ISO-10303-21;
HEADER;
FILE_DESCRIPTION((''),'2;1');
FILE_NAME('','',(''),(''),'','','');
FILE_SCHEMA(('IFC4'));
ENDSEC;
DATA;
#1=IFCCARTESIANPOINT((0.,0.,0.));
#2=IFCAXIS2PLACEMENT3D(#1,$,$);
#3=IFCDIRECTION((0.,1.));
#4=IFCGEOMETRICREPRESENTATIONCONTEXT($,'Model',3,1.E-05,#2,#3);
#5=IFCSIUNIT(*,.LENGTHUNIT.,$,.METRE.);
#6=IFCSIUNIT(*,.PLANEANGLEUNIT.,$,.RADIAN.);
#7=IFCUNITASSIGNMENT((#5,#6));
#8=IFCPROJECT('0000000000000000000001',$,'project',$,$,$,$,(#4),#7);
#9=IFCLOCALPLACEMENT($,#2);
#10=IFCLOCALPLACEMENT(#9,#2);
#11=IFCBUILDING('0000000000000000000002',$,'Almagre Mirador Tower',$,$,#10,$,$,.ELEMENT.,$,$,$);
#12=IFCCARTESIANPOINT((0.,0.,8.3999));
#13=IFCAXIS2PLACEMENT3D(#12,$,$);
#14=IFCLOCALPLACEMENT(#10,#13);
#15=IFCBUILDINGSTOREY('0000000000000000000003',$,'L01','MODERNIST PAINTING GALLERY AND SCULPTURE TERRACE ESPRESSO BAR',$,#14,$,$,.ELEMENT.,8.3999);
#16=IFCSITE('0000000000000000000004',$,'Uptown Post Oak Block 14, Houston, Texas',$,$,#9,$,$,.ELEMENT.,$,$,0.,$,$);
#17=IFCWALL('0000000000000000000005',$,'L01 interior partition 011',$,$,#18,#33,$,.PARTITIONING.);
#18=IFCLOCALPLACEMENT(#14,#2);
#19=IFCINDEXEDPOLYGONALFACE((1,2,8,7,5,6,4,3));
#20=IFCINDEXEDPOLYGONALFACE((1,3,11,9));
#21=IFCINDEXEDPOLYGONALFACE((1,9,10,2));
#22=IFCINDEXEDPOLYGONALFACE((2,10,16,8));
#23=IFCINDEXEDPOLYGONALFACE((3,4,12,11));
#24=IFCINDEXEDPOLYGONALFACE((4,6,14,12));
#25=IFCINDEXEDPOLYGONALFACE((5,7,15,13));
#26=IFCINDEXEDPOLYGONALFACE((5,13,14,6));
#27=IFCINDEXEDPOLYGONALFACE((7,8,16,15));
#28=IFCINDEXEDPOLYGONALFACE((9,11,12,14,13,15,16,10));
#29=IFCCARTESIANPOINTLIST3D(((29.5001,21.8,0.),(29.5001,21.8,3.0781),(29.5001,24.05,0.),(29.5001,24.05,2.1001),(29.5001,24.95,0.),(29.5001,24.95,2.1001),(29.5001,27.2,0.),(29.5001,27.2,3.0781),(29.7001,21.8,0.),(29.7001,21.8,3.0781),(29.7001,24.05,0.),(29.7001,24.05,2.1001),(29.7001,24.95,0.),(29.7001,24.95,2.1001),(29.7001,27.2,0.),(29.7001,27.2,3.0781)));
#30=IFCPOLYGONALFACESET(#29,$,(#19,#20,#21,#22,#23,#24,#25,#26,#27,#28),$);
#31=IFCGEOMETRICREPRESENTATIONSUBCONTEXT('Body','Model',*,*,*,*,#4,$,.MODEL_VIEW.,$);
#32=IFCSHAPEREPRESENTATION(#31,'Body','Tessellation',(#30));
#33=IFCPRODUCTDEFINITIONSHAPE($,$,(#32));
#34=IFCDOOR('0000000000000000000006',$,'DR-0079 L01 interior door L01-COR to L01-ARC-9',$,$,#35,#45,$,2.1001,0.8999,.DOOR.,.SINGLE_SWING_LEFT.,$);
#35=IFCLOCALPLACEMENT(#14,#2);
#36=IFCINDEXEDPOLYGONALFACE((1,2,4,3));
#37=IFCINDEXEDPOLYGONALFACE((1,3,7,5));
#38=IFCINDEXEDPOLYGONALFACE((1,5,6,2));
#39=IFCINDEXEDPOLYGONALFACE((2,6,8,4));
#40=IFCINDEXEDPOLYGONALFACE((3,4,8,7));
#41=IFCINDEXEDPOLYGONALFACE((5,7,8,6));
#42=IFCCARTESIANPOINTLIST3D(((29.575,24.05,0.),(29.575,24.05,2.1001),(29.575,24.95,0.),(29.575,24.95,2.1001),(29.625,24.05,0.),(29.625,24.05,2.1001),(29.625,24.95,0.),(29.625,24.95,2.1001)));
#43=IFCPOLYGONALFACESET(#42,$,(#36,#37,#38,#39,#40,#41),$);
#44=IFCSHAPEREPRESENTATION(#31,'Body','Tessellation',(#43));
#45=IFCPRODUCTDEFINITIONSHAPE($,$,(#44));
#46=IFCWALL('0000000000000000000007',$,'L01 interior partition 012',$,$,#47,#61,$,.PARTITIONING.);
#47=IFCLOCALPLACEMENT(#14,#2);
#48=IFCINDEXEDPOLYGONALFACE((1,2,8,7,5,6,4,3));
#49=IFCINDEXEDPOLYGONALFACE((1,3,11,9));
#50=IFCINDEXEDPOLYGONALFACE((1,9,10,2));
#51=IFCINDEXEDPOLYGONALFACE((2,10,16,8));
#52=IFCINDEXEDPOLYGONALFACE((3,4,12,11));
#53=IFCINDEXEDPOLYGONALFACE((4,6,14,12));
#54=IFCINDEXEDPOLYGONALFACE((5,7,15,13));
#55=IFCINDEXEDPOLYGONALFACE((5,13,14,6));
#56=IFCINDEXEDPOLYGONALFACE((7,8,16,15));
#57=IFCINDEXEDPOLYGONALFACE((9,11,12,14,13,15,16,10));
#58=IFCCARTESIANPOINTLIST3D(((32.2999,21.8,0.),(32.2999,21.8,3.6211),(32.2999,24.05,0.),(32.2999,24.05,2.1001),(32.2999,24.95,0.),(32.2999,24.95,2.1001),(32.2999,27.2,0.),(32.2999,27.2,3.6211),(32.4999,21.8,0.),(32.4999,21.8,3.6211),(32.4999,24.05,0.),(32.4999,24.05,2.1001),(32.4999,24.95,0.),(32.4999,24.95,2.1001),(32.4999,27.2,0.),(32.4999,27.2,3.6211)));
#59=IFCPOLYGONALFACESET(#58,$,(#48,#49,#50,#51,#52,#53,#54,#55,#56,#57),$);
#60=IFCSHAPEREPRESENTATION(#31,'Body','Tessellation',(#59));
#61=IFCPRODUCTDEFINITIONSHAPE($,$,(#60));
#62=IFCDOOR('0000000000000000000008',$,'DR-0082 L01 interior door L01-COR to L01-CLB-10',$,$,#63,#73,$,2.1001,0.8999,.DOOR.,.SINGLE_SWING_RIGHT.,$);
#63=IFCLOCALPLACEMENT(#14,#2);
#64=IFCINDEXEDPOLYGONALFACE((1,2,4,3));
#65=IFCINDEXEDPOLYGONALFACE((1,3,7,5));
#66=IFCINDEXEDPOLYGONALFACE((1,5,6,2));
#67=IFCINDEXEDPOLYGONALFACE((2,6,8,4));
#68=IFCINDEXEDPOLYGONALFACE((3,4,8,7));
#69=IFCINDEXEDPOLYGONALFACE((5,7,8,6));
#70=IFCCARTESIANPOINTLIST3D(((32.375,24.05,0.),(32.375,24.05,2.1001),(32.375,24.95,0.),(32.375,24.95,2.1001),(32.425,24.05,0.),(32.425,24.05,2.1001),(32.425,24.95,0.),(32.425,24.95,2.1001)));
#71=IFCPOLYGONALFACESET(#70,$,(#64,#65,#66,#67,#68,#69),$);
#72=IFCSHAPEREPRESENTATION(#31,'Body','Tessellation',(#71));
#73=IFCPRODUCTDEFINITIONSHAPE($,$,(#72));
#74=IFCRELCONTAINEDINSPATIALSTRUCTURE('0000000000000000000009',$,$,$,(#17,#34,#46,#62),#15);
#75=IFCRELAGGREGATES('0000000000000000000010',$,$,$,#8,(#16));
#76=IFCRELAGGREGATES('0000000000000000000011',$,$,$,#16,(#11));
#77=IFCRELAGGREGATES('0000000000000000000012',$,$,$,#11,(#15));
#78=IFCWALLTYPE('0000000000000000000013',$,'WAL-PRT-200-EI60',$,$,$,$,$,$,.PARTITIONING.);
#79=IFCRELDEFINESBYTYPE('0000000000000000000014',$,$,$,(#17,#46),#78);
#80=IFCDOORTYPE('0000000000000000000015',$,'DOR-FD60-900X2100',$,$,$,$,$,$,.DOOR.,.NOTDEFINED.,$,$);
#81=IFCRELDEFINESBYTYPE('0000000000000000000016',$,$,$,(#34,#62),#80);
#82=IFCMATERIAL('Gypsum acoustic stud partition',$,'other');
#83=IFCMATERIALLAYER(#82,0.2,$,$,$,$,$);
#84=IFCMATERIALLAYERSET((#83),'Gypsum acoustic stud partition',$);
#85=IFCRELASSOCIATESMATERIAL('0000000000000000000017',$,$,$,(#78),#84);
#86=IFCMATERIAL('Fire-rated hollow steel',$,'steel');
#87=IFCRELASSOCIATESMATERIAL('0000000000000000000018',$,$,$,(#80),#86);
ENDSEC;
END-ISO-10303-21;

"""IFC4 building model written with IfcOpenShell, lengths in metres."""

from ifc_helpers import new_model, si_unit, direction, frame, frame_2d, origin, place, context, subcontext, project, spatial, rectangle, extrude, material, layer, layer_set, type_object, element, fill, save


model = new_model("IFC4")

# Units and contexts
model_context = context("Model", 3, precision=1e-05, world=origin(), true_north=direction((0.0, 1.0)))
body_context = subcontext(model_context, "Body", "Model", "MODEL_VIEW")
ifc_project = project(units=[si_unit("LENGTHUNIT", "METRE"), si_unit("PLANEANGLEUNIT", "RADIAN")], contexts=[model_context])

# Site, building, storey
site_placement = place(None, origin())
site = spatial("IfcSite", under=ifc_project, at=site_placement, Name="Uptown Post Oak Block 14, Houston, Texas", CompositionType="ELEMENT", RefElevation=0.0)
building_placement = place(site_placement, origin())
building = spatial("IfcBuilding", under=site, at=building_placement, Name="Almagre Mirador Tower", CompositionType="ELEMENT")
storey_placement = place(building_placement, frame((0.0, 0.0, 8.3999)))
storey = spatial("IfcBuildingStorey", under=building, at=storey_placement, Name="L01", Description="MODERNIST PAINTING GALLERY AND SCULPTURE TERRACE ESPRESSO BAR", CompositionType="ELEMENT", Elevation=8.3999)

# Shared definitions
ifc_material_1 = material(Name="Gypsum acoustic stud partition", Category="other")
ifc_layer_1 = layer(ifc_material_1, 0.2)
ifc_layer_set_1 = layer_set([ifc_layer_1], Name="Gypsum acoustic stud partition")
wall_type_1 = type_object("IfcWallType", Name="WAL-PRT-200-EI60", PredefinedType="PARTITIONING", material=ifc_layer_set_1)

# Shared definitions
ifc_material_2 = material(Name="Fire-rated hollow steel", Category="steel")
door_type = type_object("IfcDoorType", Name="DOR-FD60-900X2100", OperationType="NOTDEFINED", PredefinedType="DOOR", material=ifc_material_2)

# Walls, openings, doors
wall_1_placement = place(storey_placement, frame((29.6001, 27.2, 0.0), z_axis=(0.0, 0.0, 1.0), x_axis=(0.0, -1.0, 0.0)))
wall_1 = element("IfcWall", 1, at=wall_1_placement, inside=storey, type_object=wall_type_1, Name="L01 interior partition 011", PredefinedType="PARTITIONING", context=body_context, shape_type="SweptSolid", body=[
    extrude(rectangle(XDim=5.3999, YDim=0.2, at=frame_2d((2.7, 0.0))), origin(), (0.0, 0.0, 1.0), 3.0781),
])
opening_1_placement = place(wall_1_placement, frame((2.25, 0.0, 0.0)))
opening_1 = element("IfcOpeningElement", 2, at=opening_1_placement, cuts=wall_1, PredefinedType="OPENING", context=body_context, shape_type="SweptSolid", body=[
    extrude(rectangle(XDim=0.8999, YDim=2.1001, at=frame_2d((0.45, 1.05))), frame((0.0, 0.1101, 0.0), z_axis=(0.0, -1.0, 0.0), x_axis=(1.0, 0.0, 0.0)), (0.0, 0.0, 1.0), 0.22),
])
door_1_placement = place(opening_1_placement, origin())
door_1 = element("IfcDoor", 3, at=door_1_placement, inside=storey, type_object=door_type, Name="DR-0079 L01 interior door L01-COR to L01-ARC-9", OperationType="SINGLE_SWING_LEFT", OverallHeight=2.1001, OverallWidth=0.8999, PredefinedType="DOOR", context=body_context, shape_type="SweptSolid", body=[
    extrude(rectangle(XDim=0.8999, YDim=2.1001, at=frame_2d((0.45, 1.05))), frame((0.0, 0.0249, 0.0), z_axis=(0.0, -1.0, 0.0), x_axis=(1.0, 0.0, 0.0)), (0.0, 0.0, 1.0), 0.05),
])
fill(opening_1, door_1)
wall_2_placement = place(storey_placement, frame((32.3999, 21.8, 0.0), z_axis=(0.0, 0.0, 1.0), x_axis=(0.0, 1.0, 0.0)))
wall_2 = element("IfcWall", 4, at=wall_2_placement, inside=storey, type_object=wall_type_1, Name="L01 interior partition 012", PredefinedType="PARTITIONING", context=body_context, shape_type="SweptSolid", body=[
    extrude(rectangle(XDim=5.3999, YDim=0.2, at=frame_2d((2.7, 0.0))), origin(), (0.0, 0.0, 1.0), 3.6211),
])
opening_2_placement = place(wall_2_placement, frame((2.25, 0.0, 0.0)))
opening_2 = element("IfcOpeningElement", 5, at=opening_2_placement, cuts=wall_2, PredefinedType="OPENING", context=body_context, shape_type="SweptSolid", body=[
    extrude(rectangle(XDim=0.8999, YDim=2.1001, at=frame_2d((0.45, 1.05))), frame((0.0, 0.1101, 0.0), z_axis=(0.0, -1.0, 0.0), x_axis=(1.0, 0.0, 0.0)), (0.0, 0.0, 1.0), 0.22),
])
door_2_placement = place(opening_2_placement, origin())
door_2 = element("IfcDoor", 6, at=door_2_placement, inside=storey, type_object=door_type, Name="DR-0082 L01 interior door L01-COR to L01-CLB-10", OperationType="SINGLE_SWING_RIGHT", OverallHeight=2.1001, OverallWidth=0.8999, PredefinedType="DOOR", context=body_context, shape_type="SweptSolid", body=[
    extrude(rectangle(XDim=0.8999, YDim=2.1001, at=frame_2d((0.45, 1.05))), frame((0.0, 0.0249, 0.0), z_axis=(0.0, -1.0, 0.0), x_axis=(1.0, 0.0, 0.0)), (0.0, 0.0, 1.0), 0.05),
])
fill(opening_2, door_2)

save(model, "model.ifc")
